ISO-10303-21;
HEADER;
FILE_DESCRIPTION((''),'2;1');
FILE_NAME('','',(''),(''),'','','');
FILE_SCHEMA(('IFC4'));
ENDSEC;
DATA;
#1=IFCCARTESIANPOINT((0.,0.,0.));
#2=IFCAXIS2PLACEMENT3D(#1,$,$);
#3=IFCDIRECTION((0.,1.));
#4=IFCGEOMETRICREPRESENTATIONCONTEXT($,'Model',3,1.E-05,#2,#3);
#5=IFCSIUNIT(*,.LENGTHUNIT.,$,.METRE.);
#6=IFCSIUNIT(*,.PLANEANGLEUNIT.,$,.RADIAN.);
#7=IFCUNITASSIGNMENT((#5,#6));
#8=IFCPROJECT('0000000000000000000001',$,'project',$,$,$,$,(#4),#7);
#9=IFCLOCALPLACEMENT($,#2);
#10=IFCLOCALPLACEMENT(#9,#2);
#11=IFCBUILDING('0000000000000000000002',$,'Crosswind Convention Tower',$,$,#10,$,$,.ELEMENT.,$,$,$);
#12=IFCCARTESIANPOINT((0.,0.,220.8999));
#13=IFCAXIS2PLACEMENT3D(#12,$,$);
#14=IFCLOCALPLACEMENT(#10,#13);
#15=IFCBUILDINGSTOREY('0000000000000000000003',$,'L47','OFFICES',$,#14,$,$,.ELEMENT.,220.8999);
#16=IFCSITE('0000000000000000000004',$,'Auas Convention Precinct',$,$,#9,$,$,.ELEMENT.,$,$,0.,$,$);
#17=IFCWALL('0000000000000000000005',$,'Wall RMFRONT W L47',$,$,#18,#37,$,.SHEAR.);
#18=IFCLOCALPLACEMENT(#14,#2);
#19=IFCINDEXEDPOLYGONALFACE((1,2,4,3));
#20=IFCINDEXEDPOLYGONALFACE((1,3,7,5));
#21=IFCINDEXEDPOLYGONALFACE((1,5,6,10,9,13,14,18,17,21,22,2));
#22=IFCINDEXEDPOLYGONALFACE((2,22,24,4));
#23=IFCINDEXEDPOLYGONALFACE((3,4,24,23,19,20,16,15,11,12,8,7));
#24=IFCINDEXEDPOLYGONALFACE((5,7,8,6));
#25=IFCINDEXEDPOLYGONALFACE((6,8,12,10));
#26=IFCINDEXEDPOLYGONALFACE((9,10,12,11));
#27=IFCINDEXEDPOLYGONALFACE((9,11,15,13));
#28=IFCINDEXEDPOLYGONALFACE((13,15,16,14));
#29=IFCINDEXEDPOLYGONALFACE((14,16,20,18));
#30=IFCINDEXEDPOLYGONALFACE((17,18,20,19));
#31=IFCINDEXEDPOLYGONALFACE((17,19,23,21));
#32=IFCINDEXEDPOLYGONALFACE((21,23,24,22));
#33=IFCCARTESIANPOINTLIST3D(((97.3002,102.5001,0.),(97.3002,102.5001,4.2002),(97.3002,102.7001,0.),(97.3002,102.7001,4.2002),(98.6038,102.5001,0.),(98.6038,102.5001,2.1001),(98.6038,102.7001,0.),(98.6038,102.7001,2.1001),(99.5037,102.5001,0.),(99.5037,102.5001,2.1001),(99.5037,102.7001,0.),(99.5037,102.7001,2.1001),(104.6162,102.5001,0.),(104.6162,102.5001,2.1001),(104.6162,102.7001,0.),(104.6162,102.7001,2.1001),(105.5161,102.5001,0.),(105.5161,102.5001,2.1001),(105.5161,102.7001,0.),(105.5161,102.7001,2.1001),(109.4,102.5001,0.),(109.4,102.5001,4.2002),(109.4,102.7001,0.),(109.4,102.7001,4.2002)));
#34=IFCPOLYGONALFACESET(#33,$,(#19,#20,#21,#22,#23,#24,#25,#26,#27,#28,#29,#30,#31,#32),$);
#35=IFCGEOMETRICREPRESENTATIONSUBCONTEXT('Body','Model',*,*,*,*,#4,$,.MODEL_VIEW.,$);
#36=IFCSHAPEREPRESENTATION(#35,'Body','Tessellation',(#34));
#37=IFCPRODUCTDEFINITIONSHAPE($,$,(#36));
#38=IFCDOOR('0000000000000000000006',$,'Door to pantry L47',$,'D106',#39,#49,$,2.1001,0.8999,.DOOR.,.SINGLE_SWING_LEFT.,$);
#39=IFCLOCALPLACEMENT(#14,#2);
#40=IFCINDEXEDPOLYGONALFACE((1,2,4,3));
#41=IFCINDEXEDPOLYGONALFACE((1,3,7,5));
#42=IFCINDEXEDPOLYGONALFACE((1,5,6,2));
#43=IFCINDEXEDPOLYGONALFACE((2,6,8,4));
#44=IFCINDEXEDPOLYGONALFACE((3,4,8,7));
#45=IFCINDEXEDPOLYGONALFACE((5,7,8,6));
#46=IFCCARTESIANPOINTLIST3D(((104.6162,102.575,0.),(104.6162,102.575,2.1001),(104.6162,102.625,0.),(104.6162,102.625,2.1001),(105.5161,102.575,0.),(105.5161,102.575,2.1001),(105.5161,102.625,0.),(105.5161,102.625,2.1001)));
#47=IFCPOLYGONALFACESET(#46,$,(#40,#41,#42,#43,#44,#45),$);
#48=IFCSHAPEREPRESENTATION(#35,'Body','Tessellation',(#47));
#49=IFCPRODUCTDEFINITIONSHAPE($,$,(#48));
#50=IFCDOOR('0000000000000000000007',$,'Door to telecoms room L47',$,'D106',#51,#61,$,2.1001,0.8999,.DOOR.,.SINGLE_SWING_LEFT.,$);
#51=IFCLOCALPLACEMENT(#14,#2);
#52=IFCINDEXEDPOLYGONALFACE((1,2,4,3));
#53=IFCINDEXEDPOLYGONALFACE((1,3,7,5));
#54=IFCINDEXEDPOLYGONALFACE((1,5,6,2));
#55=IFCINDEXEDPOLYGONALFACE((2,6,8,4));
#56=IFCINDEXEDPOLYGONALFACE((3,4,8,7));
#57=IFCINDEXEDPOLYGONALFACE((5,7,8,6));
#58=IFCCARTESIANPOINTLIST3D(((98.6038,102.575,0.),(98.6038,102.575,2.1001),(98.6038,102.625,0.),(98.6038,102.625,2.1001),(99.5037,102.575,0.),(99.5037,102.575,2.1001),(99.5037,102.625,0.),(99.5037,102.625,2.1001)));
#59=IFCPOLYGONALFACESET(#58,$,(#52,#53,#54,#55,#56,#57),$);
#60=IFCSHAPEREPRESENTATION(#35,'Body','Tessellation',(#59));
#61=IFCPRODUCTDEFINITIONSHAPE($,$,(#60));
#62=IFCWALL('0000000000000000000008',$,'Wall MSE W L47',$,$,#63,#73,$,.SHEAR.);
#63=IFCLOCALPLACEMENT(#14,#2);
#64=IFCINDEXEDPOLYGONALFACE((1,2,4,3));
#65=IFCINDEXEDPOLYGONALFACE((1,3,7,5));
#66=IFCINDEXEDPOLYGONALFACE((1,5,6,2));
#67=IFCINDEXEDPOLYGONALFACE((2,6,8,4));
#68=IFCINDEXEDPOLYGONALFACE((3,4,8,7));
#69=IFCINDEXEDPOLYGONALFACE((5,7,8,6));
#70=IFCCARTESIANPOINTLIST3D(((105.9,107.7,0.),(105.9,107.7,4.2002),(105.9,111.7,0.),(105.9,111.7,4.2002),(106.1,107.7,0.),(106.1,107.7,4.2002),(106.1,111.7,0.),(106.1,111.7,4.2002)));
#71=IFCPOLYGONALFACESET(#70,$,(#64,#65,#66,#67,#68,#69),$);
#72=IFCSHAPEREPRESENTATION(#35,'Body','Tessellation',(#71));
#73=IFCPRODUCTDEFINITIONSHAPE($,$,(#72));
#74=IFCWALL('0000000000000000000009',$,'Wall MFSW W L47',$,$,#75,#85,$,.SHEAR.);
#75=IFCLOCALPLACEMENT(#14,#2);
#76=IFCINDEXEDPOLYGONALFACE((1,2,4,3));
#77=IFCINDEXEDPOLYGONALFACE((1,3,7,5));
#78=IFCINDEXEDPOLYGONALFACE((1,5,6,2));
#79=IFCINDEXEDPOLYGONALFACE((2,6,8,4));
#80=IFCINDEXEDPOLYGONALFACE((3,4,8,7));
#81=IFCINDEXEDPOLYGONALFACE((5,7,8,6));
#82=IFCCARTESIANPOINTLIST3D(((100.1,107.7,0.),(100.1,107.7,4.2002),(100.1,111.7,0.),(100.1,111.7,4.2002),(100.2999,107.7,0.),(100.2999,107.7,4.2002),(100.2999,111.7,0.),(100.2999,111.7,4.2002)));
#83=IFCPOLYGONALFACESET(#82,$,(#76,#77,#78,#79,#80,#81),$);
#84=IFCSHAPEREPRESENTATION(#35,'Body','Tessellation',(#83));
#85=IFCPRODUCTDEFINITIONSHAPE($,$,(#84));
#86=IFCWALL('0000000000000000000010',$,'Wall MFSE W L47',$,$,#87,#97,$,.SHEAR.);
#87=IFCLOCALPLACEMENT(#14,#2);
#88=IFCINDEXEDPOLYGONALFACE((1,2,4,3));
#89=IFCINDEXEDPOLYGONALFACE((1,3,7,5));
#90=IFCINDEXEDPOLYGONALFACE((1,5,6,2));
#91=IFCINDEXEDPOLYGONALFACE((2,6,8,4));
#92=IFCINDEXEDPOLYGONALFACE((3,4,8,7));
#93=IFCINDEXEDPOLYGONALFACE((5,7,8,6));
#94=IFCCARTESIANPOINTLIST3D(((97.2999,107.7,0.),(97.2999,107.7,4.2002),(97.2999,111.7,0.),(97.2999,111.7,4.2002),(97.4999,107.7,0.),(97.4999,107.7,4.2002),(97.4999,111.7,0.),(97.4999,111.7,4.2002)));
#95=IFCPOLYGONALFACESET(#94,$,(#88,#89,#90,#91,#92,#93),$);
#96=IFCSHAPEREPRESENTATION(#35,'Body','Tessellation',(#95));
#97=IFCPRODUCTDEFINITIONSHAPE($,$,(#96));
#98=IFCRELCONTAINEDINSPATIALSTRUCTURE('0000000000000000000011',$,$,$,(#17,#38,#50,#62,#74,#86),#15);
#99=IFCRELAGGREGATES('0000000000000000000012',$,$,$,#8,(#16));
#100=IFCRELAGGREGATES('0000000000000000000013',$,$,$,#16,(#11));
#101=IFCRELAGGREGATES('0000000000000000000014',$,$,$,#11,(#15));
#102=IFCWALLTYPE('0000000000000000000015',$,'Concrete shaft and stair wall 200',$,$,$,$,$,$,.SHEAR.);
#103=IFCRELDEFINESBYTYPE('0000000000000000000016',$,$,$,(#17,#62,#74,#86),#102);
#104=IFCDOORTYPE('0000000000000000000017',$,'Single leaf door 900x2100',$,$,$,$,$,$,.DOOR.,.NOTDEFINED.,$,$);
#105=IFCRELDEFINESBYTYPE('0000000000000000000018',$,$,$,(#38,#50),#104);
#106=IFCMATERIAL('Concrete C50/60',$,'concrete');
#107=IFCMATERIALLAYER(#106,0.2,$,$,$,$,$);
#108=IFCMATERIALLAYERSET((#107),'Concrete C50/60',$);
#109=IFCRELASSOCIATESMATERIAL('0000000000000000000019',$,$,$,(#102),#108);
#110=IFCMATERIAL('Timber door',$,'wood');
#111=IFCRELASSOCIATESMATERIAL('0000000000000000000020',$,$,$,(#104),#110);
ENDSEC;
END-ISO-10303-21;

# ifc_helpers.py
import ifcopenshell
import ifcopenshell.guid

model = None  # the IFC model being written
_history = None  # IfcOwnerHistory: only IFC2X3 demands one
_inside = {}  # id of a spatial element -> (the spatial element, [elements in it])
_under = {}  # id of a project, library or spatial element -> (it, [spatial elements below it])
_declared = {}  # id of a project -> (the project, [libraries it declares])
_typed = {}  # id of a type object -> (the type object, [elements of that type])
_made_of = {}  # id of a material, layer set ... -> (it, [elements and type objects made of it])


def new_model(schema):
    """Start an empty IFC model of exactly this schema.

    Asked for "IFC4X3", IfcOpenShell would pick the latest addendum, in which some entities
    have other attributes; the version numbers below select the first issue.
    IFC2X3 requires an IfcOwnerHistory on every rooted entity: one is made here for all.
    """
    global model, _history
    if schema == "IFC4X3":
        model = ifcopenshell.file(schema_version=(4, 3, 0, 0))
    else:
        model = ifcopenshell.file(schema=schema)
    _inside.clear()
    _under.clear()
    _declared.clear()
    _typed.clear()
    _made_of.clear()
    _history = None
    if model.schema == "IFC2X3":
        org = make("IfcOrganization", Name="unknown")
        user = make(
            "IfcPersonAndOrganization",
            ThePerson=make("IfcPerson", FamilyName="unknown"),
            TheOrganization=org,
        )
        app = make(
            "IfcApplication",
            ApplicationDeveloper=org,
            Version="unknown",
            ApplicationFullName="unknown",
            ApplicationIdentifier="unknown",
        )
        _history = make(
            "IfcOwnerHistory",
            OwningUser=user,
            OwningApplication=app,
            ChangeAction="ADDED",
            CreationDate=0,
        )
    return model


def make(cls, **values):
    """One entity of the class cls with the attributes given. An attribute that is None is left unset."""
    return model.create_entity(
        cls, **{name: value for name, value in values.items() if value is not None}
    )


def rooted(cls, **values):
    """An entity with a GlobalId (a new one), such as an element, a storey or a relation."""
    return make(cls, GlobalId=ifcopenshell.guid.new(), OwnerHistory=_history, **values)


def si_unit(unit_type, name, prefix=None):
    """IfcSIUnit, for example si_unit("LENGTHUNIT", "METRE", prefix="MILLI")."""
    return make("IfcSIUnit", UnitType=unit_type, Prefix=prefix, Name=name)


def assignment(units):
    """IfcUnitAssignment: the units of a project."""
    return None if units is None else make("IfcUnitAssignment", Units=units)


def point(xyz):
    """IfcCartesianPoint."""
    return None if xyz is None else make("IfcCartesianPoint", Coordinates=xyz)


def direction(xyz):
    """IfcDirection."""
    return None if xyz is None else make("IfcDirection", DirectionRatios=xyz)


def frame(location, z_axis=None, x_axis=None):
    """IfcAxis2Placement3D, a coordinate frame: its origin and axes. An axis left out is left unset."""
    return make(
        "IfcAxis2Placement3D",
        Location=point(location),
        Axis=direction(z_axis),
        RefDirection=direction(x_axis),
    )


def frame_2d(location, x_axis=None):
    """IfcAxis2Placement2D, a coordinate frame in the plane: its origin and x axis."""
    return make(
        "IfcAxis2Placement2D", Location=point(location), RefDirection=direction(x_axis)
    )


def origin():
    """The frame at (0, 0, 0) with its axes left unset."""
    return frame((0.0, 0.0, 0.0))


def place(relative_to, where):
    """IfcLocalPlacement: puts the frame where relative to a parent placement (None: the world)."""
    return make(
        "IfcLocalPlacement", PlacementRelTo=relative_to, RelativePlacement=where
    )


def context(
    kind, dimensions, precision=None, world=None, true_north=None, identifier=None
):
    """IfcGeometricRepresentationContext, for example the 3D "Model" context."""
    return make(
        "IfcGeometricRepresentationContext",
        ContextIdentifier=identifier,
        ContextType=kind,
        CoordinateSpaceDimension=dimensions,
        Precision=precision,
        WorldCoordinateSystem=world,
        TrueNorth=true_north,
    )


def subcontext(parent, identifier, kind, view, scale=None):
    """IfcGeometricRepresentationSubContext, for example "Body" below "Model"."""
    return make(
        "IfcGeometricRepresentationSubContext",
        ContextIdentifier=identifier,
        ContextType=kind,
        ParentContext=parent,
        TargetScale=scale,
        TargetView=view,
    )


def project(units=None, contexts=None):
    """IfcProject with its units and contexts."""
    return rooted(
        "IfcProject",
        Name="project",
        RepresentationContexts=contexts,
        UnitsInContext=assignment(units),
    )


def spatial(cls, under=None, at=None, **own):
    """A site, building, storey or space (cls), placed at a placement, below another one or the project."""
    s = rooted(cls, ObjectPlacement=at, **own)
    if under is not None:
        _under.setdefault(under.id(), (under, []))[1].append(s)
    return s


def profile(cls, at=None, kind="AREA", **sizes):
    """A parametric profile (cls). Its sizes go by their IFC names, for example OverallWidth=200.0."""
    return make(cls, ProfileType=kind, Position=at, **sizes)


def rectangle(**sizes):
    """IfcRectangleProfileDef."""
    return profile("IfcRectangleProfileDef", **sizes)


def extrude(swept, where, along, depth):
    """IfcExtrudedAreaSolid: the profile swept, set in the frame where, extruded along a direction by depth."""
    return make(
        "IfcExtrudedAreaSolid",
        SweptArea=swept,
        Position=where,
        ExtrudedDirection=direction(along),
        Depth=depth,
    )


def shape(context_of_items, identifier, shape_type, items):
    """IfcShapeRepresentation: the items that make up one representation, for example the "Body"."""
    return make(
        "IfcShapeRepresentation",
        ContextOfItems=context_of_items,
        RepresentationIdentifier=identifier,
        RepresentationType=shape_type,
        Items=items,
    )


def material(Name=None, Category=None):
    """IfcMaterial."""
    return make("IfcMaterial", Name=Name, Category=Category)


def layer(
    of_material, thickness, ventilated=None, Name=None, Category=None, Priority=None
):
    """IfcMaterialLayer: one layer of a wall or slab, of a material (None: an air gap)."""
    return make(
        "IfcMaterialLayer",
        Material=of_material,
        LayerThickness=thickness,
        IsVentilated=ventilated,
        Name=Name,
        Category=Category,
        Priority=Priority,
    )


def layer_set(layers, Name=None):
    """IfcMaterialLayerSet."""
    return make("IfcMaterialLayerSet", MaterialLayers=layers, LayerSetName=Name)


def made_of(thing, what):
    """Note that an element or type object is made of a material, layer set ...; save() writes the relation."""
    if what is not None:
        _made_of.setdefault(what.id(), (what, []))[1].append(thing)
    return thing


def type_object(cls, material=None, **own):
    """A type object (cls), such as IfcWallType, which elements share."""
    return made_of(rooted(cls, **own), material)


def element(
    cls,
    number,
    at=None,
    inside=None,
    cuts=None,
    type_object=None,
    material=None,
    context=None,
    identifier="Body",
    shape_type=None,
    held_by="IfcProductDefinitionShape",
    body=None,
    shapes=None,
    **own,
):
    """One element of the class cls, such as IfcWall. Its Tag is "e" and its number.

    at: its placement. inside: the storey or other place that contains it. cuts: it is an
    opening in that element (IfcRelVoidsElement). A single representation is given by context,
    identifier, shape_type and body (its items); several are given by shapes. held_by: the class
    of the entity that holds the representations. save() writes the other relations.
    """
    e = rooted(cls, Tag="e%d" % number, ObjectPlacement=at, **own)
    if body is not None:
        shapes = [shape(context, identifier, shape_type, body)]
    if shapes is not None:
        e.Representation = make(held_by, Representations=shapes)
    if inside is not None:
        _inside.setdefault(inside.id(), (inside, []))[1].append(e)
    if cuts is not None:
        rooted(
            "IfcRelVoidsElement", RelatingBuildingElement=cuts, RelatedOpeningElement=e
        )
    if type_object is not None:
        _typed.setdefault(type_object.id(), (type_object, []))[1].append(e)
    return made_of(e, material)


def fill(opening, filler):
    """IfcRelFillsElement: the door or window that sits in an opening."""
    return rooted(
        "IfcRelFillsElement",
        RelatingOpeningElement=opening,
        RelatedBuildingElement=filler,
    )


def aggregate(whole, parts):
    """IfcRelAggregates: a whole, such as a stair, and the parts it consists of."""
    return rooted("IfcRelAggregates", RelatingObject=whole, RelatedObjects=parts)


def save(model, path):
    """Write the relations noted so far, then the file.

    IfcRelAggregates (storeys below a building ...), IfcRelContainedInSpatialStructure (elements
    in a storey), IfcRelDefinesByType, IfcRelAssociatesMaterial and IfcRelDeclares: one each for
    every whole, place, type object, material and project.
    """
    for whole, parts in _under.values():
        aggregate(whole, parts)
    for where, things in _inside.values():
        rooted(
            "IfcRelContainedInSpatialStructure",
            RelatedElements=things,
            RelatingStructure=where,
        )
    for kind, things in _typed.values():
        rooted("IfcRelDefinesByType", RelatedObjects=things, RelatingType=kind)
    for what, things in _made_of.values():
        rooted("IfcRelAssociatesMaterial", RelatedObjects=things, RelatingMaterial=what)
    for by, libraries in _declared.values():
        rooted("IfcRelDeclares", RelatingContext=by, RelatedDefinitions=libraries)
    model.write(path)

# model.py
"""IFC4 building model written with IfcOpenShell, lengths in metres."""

from ifc_helpers import new_model, si_unit, direction, frame, frame_2d, origin, place, context, subcontext, project, spatial, rectangle, extrude, material, layer, layer_set, type_object, element, fill, save


model = new_model("IFC4")

# Units and contexts
model_context = context("Model", 3, precision=1e-05, world=origin(), true_north=direction((0.0, 1.0)))
body_context = subcontext(model_context, "Body", "Model", "MODEL_VIEW")
ifc_project = project(units=[si_unit("LENGTHUNIT", "METRE"), si_unit("PLANEANGLEUNIT", "RADIAN")], contexts=[model_context])

# Site, building, storey
site_placement = place(None, origin())
site = spatial("IfcSite", under=ifc_project, at=site_placement, Name="Auas Convention Precinct", CompositionType="ELEMENT", RefElevation=0.0)
building_placement = place(site_placement, origin())
building = spatial("IfcBuilding", under=site, at=building_placement, Name="Crosswind Convention Tower", CompositionType="ELEMENT")
storey_placement = place(building_placement, frame((0.0, 0.0, 220.8999)))
storey = spatial("IfcBuildingStorey", under=building, at=storey_placement, Name="L47", Description="OFFICES", CompositionType="ELEMENT", Elevation=220.8999)

# Shared definitions
ifc_material_1 = material(Name="Concrete C50/60", Category="concrete")
ifc_layer_1 = layer(ifc_material_1, 0.2)
ifc_layer_set_1 = layer_set([ifc_layer_1], Name="Concrete C50/60")
wall_type_1 = type_object("IfcWallType", Name="Concrete shaft and stair wall 200", PredefinedType="SHEAR", material=ifc_layer_set_1)

# Wall, openings, doors
wall_1_placement = place(storey_placement, frame((109.3999, 102.6001, 0.0), z_axis=(0.0, 0.0, 1.0), x_axis=(-1.0, 0.0, 0.0)))
wall_1 = element("IfcWall", 1, at=wall_1_placement, inside=storey, type_object=wall_type_1, Name="Wall RMFRONT W L47", PredefinedType="SHEAR", context=body_context, shape_type="SweptSolid", body=[
    extrude(rectangle(XDim=12.0999, YDim=0.2, at=frame_2d((6.0498, 0.0))), origin(), (0.0, 0.0, 1.0), 4.2002),
])
opening_1_placement = place(wall_1_placement, frame((3.8838, 0.0, 0.0)))
opening_1 = element("IfcOpeningElement", 2, at=opening_1_placement, cuts=wall_1, PredefinedType="OPENING", context=body_context, shape_type="SweptSolid", body=[
    extrude(rectangle(XDim=0.8999, YDim=2.1001, at=frame_2d((0.45, 1.05))), frame((0.0, 0.1099, 0.0), z_axis=(0.0, -1.0, 0.0), x_axis=(1.0, 0.0, 0.0)), (0.0, 0.0, 1.0), 0.22),
])
opening_2_placement = place(wall_1_placement, frame((9.8962, 0.0, 0.0)))
opening_2 = element("IfcOpeningElement", 3, at=opening_2_placement, cuts=wall_1, PredefinedType="OPENING", context=body_context, shape_type="SweptSolid", body=[
    extrude(rectangle(XDim=0.8999, YDim=2.1001, at=frame_2d((0.45, 1.05))), frame((0.0, 0.1099, 0.0), z_axis=(0.0, -1.0, 0.0), x_axis=(1.0, 0.0, 0.0)), (0.0, 0.0, 1.0), 0.22),
])
ifc_material_2 = material(Name="Timber door", Category="wood")
door_type_1 = type_object("IfcDoorType", Name="Single leaf door 900x2100", OperationType="NOTDEFINED", PredefinedType="DOOR", material=ifc_material_2)
door_1_placement = place(opening_1_placement, frame((0.8999, 0.0, 0.0), z_axis=(0.0, 0.0, 1.0), x_axis=(-1.0, 0.0, 0.0)))
door_1 = element("IfcDoor", 4, at=door_1_placement, inside=storey, type_object=door_type_1, Name="Door to pantry L47", ObjectType="D106", OperationType="SINGLE_SWING_LEFT", OverallHeight=2.1001, OverallWidth=0.8999, PredefinedType="DOOR", context=body_context, shape_type="SweptSolid", body=[
    extrude(rectangle(XDim=0.8999, YDim=2.1001, at=frame_2d((0.45, 1.05))), frame((0.0, 0.0249, 0.0), z_axis=(0.0, -1.0, 0.0), x_axis=(1.0, 0.0, 0.0)), (0.0, 0.0, 1.0), 0.05),
])
fill(opening_1, door_1)
door_2_placement = place(opening_2_placement, frame((0.8999, 0.0, 0.0), z_axis=(0.0, 0.0, 1.0), x_axis=(-1.0, 0.0, 0.0)))
door_2 = element("IfcDoor", 5, at=door_2_placement, inside=storey, type_object=door_type_1, Name="Door to telecoms room L47", ObjectType="D106", OperationType="SINGLE_SWING_LEFT", OverallHeight=2.1001, OverallWidth=0.8999, PredefinedType="DOOR", context=body_context, shape_type="SweptSolid", body=[
    extrude(rectangle(XDim=0.8999, YDim=2.1001, at=frame_2d((0.45, 1.05))), frame((0.0, 0.0249, 0.0), z_axis=(0.0, -1.0, 0.0), x_axis=(1.0, 0.0, 0.0)), (0.0, 0.0, 1.0), 0.05),
])
fill(opening_2, door_2)

# Walls
for number, where, z_axis, x_axis, name in (
    (6, (106.0, 111.7, 0.0), (0.0, 0.0, 1.0), (0.0, -1.0, 0.0), "Wall MSE W L47"),
    (7, (100.2, 111.7, 0.0), (0.0, 0.0, 1.0), (0.0, -1.0, 0.0), "Wall MFSW W L47"),
    (8, (97.3999, 111.7, 0.0), (0.0, 0.0, 1.0), (0.0, -1.0, 0.0), "Wall MFSE W L47"),
):
    element("IfcWall", number, at=place(storey_placement, frame(where, z_axis=z_axis, x_axis=x_axis)), inside=storey, type_object=wall_type_1, Name=name, PredefinedType="SHEAR", context=body_context, shape_type="SweptSolid", body=[
        extrude(rectangle(XDim=4.0, YDim=0.2, at=frame_2d((2.0, 0.0))), origin(), (0.0, 0.0, 1.0), 4.2002),
    ])

save(model, "model.ifc")
